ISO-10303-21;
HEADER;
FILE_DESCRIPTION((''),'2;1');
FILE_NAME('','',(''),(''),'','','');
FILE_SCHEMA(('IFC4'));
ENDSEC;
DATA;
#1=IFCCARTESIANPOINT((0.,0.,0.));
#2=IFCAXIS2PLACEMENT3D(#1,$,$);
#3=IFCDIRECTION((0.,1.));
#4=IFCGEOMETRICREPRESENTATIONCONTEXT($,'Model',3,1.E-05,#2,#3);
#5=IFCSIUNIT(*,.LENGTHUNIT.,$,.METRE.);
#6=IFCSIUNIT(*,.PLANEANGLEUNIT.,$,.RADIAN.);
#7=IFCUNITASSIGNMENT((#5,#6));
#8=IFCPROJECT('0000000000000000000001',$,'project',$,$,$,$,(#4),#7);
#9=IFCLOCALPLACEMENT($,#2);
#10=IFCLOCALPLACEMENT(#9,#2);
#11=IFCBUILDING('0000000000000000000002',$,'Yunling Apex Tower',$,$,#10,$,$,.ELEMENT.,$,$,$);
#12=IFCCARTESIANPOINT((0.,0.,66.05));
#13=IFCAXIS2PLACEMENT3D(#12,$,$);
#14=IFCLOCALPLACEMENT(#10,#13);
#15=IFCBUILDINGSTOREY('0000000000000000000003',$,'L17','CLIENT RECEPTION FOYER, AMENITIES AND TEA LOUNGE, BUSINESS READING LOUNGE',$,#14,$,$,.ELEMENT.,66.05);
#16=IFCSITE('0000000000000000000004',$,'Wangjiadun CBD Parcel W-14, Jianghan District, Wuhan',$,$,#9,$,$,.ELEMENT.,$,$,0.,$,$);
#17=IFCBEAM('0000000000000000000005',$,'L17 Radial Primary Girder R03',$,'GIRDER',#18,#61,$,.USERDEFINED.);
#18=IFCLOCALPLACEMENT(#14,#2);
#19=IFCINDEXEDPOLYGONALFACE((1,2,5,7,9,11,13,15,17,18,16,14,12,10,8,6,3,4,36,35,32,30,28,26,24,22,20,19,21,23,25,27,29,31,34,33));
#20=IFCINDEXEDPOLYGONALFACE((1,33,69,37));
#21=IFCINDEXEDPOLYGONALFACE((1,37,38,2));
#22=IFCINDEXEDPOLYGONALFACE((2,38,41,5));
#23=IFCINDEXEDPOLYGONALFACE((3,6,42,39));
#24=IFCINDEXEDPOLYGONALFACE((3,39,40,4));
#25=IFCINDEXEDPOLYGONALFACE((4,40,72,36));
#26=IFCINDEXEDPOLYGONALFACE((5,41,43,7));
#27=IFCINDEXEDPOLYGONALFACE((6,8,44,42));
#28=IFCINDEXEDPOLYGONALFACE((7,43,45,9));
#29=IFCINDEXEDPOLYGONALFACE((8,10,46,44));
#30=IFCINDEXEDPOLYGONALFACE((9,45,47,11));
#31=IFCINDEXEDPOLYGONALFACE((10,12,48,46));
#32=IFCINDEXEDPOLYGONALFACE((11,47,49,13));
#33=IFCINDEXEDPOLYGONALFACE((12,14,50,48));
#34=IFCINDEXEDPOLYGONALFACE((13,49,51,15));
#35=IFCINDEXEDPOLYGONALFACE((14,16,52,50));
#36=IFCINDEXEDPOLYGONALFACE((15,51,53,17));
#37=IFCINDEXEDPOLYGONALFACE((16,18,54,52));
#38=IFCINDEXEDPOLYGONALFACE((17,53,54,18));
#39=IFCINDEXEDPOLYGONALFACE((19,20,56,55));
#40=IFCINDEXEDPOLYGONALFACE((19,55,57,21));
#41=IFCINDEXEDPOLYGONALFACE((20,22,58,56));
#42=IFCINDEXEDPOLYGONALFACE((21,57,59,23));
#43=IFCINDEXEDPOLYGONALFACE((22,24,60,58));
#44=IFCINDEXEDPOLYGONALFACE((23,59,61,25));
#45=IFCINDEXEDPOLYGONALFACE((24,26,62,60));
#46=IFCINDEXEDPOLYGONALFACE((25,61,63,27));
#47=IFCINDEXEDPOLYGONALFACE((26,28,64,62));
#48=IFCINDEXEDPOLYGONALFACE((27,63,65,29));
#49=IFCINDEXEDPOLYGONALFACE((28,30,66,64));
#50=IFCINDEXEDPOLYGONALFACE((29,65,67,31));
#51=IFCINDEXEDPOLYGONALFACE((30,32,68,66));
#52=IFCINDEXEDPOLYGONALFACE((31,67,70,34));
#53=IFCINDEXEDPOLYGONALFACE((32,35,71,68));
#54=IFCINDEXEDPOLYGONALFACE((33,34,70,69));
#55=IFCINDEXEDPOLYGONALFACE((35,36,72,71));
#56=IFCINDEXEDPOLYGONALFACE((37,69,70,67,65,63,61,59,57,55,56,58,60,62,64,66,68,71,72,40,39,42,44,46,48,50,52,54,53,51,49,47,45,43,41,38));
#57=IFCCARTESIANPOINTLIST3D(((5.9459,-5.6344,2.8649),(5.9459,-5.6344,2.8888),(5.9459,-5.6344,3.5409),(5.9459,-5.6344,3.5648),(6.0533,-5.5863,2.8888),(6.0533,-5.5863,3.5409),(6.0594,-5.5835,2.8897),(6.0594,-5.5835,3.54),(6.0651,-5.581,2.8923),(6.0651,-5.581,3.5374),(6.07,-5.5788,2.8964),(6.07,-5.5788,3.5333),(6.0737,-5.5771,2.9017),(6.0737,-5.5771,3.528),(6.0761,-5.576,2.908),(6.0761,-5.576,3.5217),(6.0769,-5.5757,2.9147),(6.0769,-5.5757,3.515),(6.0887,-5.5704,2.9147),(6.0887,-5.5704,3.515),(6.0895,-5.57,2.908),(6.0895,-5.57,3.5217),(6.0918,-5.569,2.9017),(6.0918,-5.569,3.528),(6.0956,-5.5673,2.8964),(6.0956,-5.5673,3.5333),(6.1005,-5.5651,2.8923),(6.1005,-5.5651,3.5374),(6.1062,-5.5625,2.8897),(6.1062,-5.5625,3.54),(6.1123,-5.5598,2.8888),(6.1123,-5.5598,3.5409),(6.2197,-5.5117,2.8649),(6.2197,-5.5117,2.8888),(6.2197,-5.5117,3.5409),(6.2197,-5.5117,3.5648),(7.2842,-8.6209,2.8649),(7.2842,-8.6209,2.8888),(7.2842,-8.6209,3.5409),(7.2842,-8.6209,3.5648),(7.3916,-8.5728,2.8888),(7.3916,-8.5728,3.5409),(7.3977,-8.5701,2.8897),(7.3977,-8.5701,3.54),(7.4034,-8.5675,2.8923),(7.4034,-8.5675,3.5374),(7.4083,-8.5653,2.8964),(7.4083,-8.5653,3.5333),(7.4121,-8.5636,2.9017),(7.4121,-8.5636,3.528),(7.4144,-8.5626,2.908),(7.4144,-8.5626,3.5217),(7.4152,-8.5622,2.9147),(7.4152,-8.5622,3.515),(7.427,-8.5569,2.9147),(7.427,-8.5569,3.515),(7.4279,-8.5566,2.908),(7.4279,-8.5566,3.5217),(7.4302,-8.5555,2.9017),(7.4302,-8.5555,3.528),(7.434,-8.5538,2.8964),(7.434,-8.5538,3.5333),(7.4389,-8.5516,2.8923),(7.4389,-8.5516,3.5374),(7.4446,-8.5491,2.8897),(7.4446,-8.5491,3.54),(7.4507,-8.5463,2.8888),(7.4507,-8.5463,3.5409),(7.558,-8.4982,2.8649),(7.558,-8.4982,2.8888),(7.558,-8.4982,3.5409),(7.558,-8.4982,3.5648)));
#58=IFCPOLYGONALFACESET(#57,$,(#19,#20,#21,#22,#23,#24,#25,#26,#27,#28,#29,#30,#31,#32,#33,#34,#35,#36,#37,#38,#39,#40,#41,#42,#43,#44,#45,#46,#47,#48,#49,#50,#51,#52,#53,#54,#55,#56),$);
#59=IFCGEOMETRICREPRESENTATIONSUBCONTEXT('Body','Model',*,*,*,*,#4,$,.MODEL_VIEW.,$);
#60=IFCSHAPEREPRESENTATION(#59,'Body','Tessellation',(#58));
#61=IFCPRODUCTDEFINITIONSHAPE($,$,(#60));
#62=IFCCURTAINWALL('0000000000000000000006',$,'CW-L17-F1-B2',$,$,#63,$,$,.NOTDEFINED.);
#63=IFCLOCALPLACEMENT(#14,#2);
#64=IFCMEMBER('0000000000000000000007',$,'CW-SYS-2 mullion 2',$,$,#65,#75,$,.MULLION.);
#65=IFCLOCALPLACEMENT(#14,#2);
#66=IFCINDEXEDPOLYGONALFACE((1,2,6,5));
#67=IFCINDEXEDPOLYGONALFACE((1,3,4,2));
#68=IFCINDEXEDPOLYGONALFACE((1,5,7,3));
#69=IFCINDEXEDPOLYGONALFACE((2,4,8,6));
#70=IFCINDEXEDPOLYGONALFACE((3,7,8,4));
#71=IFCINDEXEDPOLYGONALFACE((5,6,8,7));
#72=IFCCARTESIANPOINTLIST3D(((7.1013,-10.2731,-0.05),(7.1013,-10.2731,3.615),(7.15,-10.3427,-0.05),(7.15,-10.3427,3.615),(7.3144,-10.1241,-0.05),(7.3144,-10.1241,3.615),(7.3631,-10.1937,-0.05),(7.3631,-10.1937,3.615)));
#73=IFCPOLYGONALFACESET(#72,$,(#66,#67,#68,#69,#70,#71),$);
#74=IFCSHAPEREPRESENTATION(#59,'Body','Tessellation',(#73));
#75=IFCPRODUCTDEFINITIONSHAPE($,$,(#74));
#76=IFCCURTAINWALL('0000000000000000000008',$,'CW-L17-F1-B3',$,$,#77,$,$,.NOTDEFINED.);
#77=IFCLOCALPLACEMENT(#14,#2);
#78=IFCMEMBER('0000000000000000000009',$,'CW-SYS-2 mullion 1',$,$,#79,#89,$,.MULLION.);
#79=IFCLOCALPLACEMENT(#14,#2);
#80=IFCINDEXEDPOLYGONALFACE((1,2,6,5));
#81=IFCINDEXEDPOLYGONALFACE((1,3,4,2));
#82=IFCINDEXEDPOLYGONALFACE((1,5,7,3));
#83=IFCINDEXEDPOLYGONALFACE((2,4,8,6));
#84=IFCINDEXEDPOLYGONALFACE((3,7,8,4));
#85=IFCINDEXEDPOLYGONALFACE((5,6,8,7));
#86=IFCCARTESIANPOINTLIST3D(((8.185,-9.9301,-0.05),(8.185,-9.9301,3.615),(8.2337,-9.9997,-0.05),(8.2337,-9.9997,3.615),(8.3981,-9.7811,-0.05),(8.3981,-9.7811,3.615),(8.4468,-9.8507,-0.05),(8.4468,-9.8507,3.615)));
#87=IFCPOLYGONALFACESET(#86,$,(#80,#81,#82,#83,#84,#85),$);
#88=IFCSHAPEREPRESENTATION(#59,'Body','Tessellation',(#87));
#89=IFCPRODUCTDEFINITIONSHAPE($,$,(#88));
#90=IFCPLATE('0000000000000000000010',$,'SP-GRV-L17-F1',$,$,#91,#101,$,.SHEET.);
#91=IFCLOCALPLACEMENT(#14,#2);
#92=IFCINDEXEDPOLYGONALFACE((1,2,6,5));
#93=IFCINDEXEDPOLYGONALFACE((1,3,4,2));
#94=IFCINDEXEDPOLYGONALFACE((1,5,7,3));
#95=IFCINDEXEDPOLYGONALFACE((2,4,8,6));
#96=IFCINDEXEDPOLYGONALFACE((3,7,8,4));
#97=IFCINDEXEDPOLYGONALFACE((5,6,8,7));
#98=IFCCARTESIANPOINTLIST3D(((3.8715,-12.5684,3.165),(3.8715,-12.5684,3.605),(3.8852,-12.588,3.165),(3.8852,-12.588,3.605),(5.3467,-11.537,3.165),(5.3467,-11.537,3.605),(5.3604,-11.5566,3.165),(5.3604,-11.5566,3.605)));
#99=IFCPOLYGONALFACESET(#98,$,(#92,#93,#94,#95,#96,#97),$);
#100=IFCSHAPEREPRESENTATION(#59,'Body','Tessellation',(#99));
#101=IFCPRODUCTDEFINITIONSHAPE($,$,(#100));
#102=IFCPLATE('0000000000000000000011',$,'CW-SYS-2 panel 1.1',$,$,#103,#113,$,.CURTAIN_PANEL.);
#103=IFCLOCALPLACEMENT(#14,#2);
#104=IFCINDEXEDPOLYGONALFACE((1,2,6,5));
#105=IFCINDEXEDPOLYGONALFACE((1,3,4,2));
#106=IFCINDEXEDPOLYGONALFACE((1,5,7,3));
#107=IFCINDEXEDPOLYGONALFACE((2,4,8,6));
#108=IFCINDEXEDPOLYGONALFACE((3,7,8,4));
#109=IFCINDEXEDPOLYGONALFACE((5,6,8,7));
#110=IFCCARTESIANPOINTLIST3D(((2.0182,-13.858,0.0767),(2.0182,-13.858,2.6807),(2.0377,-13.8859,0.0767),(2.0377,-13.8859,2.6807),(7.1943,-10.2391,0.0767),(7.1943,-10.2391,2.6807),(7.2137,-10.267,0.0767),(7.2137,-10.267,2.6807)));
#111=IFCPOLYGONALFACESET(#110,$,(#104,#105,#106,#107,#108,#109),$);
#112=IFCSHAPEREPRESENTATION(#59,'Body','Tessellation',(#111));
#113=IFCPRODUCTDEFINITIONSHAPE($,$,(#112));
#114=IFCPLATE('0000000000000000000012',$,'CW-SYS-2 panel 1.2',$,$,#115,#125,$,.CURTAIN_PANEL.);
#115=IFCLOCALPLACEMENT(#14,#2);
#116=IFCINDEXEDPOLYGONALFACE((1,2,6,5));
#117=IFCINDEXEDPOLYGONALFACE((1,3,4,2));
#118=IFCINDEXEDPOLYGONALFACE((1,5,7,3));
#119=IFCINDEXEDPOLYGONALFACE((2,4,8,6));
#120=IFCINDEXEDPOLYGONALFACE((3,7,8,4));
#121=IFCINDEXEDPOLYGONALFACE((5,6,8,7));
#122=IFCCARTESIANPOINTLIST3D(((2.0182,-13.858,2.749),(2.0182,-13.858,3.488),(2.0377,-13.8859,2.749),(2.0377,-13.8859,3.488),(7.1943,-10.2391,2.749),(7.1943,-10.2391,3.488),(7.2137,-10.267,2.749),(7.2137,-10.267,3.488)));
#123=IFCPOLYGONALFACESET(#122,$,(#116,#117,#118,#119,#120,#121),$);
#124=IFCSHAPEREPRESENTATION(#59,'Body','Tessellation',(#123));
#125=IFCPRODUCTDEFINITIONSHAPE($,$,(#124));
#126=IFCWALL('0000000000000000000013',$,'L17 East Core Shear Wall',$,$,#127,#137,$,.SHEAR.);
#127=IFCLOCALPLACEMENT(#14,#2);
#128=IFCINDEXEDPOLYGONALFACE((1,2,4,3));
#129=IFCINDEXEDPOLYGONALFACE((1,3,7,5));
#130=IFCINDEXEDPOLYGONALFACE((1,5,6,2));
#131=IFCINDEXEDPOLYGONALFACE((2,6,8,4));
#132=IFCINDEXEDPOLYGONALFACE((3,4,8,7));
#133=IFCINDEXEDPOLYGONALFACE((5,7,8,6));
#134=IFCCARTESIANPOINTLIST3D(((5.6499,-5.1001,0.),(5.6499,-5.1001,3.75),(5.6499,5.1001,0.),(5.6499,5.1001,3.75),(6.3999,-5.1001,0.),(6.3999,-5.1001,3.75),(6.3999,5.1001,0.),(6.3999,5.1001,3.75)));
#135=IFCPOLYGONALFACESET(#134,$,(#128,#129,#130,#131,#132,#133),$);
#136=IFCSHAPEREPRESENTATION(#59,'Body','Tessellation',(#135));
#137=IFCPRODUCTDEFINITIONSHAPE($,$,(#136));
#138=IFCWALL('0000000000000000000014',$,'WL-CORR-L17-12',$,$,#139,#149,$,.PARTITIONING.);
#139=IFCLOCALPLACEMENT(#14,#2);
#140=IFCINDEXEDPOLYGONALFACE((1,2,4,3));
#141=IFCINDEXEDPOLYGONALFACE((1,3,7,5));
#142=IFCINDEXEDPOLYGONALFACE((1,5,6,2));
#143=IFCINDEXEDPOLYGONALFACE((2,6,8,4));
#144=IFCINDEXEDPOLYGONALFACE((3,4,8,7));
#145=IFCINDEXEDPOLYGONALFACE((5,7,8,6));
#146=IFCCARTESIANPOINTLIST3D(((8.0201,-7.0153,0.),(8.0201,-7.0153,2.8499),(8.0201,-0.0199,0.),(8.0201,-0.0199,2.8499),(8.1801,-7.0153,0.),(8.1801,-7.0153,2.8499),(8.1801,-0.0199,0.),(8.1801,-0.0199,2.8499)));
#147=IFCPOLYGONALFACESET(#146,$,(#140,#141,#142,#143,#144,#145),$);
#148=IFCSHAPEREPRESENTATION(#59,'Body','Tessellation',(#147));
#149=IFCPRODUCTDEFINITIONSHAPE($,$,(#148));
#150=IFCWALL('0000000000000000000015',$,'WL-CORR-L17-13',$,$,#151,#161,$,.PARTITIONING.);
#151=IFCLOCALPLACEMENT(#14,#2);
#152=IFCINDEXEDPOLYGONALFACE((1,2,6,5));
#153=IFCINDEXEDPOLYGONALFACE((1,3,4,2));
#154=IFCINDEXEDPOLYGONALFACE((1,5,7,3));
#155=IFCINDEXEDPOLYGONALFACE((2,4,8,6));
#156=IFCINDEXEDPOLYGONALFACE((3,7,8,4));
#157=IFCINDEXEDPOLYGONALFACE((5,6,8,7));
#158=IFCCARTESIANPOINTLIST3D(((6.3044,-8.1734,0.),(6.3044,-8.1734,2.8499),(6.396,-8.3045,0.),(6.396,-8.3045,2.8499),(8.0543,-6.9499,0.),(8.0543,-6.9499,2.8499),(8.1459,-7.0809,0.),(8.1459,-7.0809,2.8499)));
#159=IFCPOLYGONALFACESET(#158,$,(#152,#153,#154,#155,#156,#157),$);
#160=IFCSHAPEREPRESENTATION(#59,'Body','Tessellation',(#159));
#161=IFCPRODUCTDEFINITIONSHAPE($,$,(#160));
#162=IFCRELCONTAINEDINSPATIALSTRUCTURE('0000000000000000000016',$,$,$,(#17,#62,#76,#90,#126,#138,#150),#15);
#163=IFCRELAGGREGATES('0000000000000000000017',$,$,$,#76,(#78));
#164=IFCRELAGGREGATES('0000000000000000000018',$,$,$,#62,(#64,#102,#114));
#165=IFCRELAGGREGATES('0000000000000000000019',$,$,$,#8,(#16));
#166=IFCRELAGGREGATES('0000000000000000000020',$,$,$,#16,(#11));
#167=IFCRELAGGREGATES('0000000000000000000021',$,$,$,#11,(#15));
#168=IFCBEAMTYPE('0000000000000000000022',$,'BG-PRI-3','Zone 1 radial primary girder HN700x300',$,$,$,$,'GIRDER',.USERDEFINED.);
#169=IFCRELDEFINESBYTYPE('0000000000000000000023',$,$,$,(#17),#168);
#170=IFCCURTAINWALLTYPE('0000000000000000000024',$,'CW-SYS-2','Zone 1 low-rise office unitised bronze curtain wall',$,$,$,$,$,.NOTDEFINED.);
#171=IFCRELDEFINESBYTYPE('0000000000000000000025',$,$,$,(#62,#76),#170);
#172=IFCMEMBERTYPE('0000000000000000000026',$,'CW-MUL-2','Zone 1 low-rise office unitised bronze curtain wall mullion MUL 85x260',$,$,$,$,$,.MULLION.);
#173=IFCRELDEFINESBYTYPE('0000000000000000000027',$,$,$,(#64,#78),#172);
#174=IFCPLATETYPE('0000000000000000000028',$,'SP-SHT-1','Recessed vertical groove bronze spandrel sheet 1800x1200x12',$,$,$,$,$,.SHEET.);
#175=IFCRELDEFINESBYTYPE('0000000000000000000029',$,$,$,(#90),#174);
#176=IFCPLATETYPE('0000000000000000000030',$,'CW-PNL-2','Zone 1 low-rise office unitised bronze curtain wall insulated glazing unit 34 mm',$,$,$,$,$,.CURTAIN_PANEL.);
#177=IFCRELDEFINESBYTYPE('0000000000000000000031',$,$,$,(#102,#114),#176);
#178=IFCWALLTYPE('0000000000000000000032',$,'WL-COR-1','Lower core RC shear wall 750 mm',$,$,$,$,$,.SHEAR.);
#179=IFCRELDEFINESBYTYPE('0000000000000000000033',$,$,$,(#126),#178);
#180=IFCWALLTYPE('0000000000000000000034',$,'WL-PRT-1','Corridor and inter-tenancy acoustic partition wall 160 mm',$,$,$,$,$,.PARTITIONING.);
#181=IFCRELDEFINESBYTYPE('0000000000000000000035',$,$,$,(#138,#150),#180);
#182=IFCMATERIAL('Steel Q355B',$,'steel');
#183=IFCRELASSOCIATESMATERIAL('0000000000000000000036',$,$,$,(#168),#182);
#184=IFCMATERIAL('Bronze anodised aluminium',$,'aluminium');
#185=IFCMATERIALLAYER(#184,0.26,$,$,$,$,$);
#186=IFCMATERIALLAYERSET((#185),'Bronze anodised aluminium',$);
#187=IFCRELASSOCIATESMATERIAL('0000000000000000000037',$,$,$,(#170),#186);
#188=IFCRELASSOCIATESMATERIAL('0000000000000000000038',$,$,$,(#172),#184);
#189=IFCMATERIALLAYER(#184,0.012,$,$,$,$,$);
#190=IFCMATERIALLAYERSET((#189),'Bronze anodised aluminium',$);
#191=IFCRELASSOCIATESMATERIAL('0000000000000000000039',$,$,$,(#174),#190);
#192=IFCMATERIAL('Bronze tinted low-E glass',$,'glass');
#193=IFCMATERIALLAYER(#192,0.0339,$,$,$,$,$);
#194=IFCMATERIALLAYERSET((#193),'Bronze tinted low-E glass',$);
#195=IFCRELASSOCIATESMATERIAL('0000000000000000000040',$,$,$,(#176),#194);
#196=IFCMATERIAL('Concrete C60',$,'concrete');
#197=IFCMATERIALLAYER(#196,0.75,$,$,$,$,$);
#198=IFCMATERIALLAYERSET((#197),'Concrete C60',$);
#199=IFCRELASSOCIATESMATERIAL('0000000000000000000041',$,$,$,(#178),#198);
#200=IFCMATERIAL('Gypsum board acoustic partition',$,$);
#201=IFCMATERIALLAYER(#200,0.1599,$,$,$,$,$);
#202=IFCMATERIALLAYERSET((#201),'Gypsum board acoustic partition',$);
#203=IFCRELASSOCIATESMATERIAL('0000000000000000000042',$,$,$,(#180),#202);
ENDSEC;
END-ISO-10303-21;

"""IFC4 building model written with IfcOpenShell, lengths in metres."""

from ifc_helpers import new_model, si_unit, direction, frame, frame_2d, origin, origin_2d, place, context, subcontext, project, spatial, rectangle, i_section, extrude, source, transform, mapped, material, layer, layer_set, material_profile, profile_set, type_object, element, aggregate, save


model = new_model("IFC4")

# Units and contexts
model_context = context("Model", 3, precision=1e-05, world=origin(), true_north=direction((0.0, 1.0)))
body_context = subcontext(model_context, "Body", "Model", "MODEL_VIEW")
ifc_project = project(units=[si_unit("LENGTHUNIT", "METRE"), si_unit("PLANEANGLEUNIT", "RADIAN")], contexts=[model_context])

# Site, building, storey
site_placement = place(None, origin())
site = spatial("IfcSite", under=ifc_project, at=site_placement, Name="Wangjiadun CBD Parcel W-14, Jianghan District, Wuhan", CompositionType="ELEMENT", RefElevation=0.0)
building_placement = place(site_placement, origin())
building = spatial("IfcBuilding", under=site, at=building_placement, Name="Yunling Apex Tower", CompositionType="ELEMENT")
storey_placement = place(building_placement, frame((0.0, 0.0, 66.05)))
storey = spatial("IfcBuildingStorey", under=building, at=storey_placement, Name="L17", Description="CLIENT RECEPTION FOYER, AMENITIES AND TEA LOUNGE, BUSINESS READING LOUNGE", CompositionType="ELEMENT", Elevation=66.05)

# Shared definitions
ifc_material_1 = material(Name="Concrete C60", Category="concrete")

# Beam
ifc_material_2 = material(Name="Steel Q355B", Category="steel")
ifc_material_profile_1 = material_profile(ifc_material_2, i_section(OverallWidth=0.3, OverallDepth=0.7, WebThickness=0.0129, FlangeThickness=0.0239, FilletRadius=0.0259, at=origin_2d()))
ifc_profile_set_1 = profile_set([ifc_material_profile_1], Name="Steel Q355B")
beam_type = type_object("IfcBeamType", Name="BG-PRI-3", Description="Zone 1 radial primary girder HN700x300", ElementType="GIRDER", PredefinedType="USERDEFINED", material=ifc_profile_set_1)
shared_shape_1 = source(origin(), body_context, "Body", "SweptSolid", [
    extrude(i_section(OverallWidth=0.3, OverallDepth=0.7, WebThickness=0.0129, FlangeThickness=0.0239, FilletRadius=0.0259, at=origin_2d()), origin(), (0.0, 0.0, 1.0), 3.2727),
])
beam_1_placement = place(storey_placement, frame((7.4211, -8.5596, 3.2148), z_axis=(-0.408947, 0.912558, 0.0), x_axis=(-0.912558, -0.408947, 0.0)))
element("IfcBeam", 1, at=beam_1_placement, inside=storey, type_object=beam_type, Name="L17 Radial Primary Girder R03", ObjectType="GIRDER", PredefinedType="USERDEFINED", context=body_context, shape_type="MappedRepresentation", body=[
    mapped(shared_shape_1, transform((0.0, 0.0, 0.0), scale=1.0)),
])

# Curtain walls, members
ifc_material_3 = material(Name="Bronze anodised aluminium", Category="aluminium")
ifc_layer_1 = layer(ifc_material_3, 0.26)
ifc_layer_set_1 = layer_set([ifc_layer_1], Name="Bronze anodised aluminium")
curtain_wall_type = type_object("IfcCurtainWallType", Name="CW-SYS-2", Description="Zone 1 low-rise office unitised bronze curtain wall", PredefinedType="NOTDEFINED", material=ifc_layer_set_1)
curtain_wall_1_placement = place(storey_placement, origin())
curtain_wall_1 = element("IfcCurtainWall", 2, at=curtain_wall_1_placement, inside=storey, type_object=curtain_wall_type, Name="CW-L17-F1-B2", PredefinedType="NOTDEFINED")
ifc_material_profile_2 = material_profile(ifc_material_3, rectangle(XDim=0.085, YDim=0.26, at=origin_2d()))
ifc_profile_set_2 = profile_set([ifc_material_profile_2], Name="Bronze anodised aluminium")
member_type = type_object("IfcMemberType", Name="CW-MUL-2", Description="Zone 1 low-rise office unitised bronze curtain wall mullion MUL 85x260", PredefinedType="MULLION", material=ifc_profile_set_2)
shared_shape_2 = source(origin(), body_context, "Body", "SweptSolid", [
    extrude(rectangle(XDim=0.085, YDim=0.26, at=origin_2d()), origin(), (0.0, 0.0, 1.0), 3.665),
])
member_1_placement = place(storey_placement, frame((7.2322, -10.2334, -0.05), z_axis=(0.0, 0.0, 1.0), x_axis=(-0.573003, 0.819553, 0.0)))
member_1 = element("IfcMember", 3, at=member_1_placement, type_object=member_type, Name="CW-SYS-2 mullion 2", PredefinedType="MULLION", context=body_context, shape_type="MappedRepresentation", body=[
    mapped(shared_shape_2, transform((0.0, 0.0, 0.0), scale=1.0)),
])
curtain_wall_2_placement = place(storey_placement, origin())
curtain_wall_2 = element("IfcCurtainWall", 4, at=curtain_wall_2_placement, inside=storey, type_object=curtain_wall_type, Name="CW-L17-F1-B3", PredefinedType="NOTDEFINED")
member_2_placement = place(storey_placement, frame((8.3159, -9.8904, -0.05), z_axis=(0.0, 0.0, 1.0), x_axis=(-0.572996, 0.819558, 0.0)))
member_2 = element("IfcMember", 5, at=member_2_placement, type_object=member_type, Name="CW-SYS-2 mullion 1", PredefinedType="MULLION", context=body_context, shape_type="MappedRepresentation", body=[
    mapped(shared_shape_2, transform((0.0, 0.0, 0.0), scale=1.0)),
])
aggregate(curtain_wall_2, [member_2])

# Plates
ifc_layer_2 = layer(ifc_material_3, 0.012)
ifc_layer_set_2 = layer_set([ifc_layer_2], Name="Bronze anodised aluminium")
plate_type_1 = type_object("IfcPlateType", Name="SP-SHT-1", Description="Recessed vertical groove bronze spandrel sheet 1800x1200x12", PredefinedType="SHEET", material=ifc_layer_set_2)
shared_shape_3 = source(origin(), body_context, "Body", "SweptSolid", [
    extrude(rectangle(XDim=1.8, YDim=0.0239, at=origin_2d()), origin(), (0.0, 0.0, 1.0), 0.4399),
])
plate_1_placement = place(storey_placement, frame((4.616, -12.0625, 3.165), z_axis=(0.0, 0.0, 1.0), x_axis=(0.819552, 0.573004, 0.0)))
element("IfcPlate", 6, at=plate_1_placement, inside=storey, type_object=plate_type_1, Name="SP-GRV-L17-F1", PredefinedType="SHEET", context=body_context, shape_type="MappedRepresentation", body=[
    mapped(shared_shape_3, transform((0.0, 0.0, 0.0), scale=1.0)),
])
ifc_material_4 = material(Name="Bronze tinted low-E glass", Category="glass")
ifc_layer_3 = layer(ifc_material_4, 0.0339)
ifc_layer_set_3 = layer_set([ifc_layer_3], Name="Bronze tinted low-E glass")
plate_type_2 = type_object("IfcPlateType", Name="CW-PNL-2", Description="Zone 1 low-rise office unitised bronze curtain wall insulated glazing unit 34 mm", PredefinedType="CURTAIN_PANEL", material=ifc_layer_set_3)
shared_shape_4 = source(origin(), body_context, "Body", "SweptSolid", [
    extrude(rectangle(XDim=6.3157, YDim=0.0339, at=origin_2d()), origin(), (0.0, 0.0, 1.0), 2.604),
])
plate_2_placement = place(storey_placement, frame((4.616, -12.0625, 0.0767), z_axis=(0.0, 0.0, 1.0), x_axis=(0.819553, 0.573003, 0.0)))
plate_2 = element("IfcPlate", 7, at=plate_2_placement, type_object=plate_type_2, Name="CW-SYS-2 panel 1.1", PredefinedType="CURTAIN_PANEL", context=body_context, shape_type="MappedRepresentation", body=[
    mapped(shared_shape_4, transform((0.0, 0.0, 0.0), scale=1.0)),
])
shared_shape_5 = source(origin(), body_context, "Body", "SweptSolid", [
    extrude(rectangle(XDim=6.3157, YDim=0.0339, at=origin_2d()), origin(), (0.0, 0.0, 1.0), 0.739),
])
plate_3_placement = place(storey_placement, frame((4.616, -12.0625, 2.749), z_axis=(0.0, 0.0, 1.0), x_axis=(0.819553, 0.573003, 0.0)))
plate_3 = element("IfcPlate", 8, at=plate_3_placement, type_object=plate_type_2, Name="CW-SYS-2 panel 1.2", PredefinedType="CURTAIN_PANEL", context=body_context, shape_type="MappedRepresentation", body=[
    mapped(shared_shape_5, transform((0.0, 0.0, 0.0), scale=1.0)),
])
aggregate(curtain_wall_1, [member_1, plate_2, plate_3])

# Walls
ifc_layer_4 = layer(ifc_material_1, 0.75)
ifc_layer_set_4 = layer_set([ifc_layer_4], Name="Concrete C60")
wall_type_1 = type_object("IfcWallType", Name="WL-COR-1", Description="Lower core RC shear wall 750 mm", PredefinedType="SHEAR", material=ifc_layer_set_4)
wall_1_placement = place(storey_placement, frame((6.0249, -5.1001, 0.0), z_axis=(0.0, 0.0, 1.0), x_axis=(0.0, 1.0, 0.0)))
element("IfcWall", 9, at=wall_1_placement, inside=storey, type_object=wall_type_1, Name="L17 East Core Shear Wall", PredefinedType="SHEAR", context=body_context, shape_type="SweptSolid", body=[
    extrude(rectangle(XDim=10.2002, YDim=0.75, at=frame_2d((5.1001, 0.0))), origin(), (0.0, 0.0, 1.0), 3.75),
])
ifc_material_5 = material(Name="Gypsum board acoustic partition")
ifc_layer_5 = layer(ifc_material_5, 0.1599)
ifc_layer_set_5 = layer_set([ifc_layer_5], Name="Gypsum board acoustic partition")
wall_type_2 = type_object("IfcWallType", Name="WL-PRT-1", Description="Corridor and inter-tenancy acoustic partition wall 160 mm", PredefinedType="PARTITIONING", material=ifc_layer_set_5)
wall_2_placement = place(storey_placement, frame((8.1001, -0.02, 0.0), z_axis=(0.0, 0.0, 1.0), x_axis=(0.0, -1.0, 0.0)))
element("IfcWall", 10, at=wall_2_placement, inside=storey, type_object=wall_type_2, Name="WL-CORR-L17-12", PredefinedType="PARTITIONING", context=body_context, shape_type="SweptSolid", body=[
    extrude(rectangle(XDim=6.9954, YDim=0.1599, at=frame_2d((3.4976, 0.0))), origin(), (0.0, 0.0, 1.0), 2.8499),
])
wall_3_placement = place(storey_placement, frame((8.1001, -7.0154, 0.0), z_axis=(0.0, 0.0, 1.0), x_axis=(-0.819533, -0.573033, 0.0)))
element("IfcWall", 11, at=wall_3_placement, inside=storey, type_object=wall_type_2, Name="WL-CORR-L17-13", PredefinedType="PARTITIONING", context=body_context, shape_type="SweptSolid", body=[
    extrude(rectangle(XDim=2.1353, YDim=0.1599, at=frame_2d((1.0676, 0.0))), origin(), (0.0, 0.0, 1.0), 2.8499),
])

save(model, "model.ifc")
